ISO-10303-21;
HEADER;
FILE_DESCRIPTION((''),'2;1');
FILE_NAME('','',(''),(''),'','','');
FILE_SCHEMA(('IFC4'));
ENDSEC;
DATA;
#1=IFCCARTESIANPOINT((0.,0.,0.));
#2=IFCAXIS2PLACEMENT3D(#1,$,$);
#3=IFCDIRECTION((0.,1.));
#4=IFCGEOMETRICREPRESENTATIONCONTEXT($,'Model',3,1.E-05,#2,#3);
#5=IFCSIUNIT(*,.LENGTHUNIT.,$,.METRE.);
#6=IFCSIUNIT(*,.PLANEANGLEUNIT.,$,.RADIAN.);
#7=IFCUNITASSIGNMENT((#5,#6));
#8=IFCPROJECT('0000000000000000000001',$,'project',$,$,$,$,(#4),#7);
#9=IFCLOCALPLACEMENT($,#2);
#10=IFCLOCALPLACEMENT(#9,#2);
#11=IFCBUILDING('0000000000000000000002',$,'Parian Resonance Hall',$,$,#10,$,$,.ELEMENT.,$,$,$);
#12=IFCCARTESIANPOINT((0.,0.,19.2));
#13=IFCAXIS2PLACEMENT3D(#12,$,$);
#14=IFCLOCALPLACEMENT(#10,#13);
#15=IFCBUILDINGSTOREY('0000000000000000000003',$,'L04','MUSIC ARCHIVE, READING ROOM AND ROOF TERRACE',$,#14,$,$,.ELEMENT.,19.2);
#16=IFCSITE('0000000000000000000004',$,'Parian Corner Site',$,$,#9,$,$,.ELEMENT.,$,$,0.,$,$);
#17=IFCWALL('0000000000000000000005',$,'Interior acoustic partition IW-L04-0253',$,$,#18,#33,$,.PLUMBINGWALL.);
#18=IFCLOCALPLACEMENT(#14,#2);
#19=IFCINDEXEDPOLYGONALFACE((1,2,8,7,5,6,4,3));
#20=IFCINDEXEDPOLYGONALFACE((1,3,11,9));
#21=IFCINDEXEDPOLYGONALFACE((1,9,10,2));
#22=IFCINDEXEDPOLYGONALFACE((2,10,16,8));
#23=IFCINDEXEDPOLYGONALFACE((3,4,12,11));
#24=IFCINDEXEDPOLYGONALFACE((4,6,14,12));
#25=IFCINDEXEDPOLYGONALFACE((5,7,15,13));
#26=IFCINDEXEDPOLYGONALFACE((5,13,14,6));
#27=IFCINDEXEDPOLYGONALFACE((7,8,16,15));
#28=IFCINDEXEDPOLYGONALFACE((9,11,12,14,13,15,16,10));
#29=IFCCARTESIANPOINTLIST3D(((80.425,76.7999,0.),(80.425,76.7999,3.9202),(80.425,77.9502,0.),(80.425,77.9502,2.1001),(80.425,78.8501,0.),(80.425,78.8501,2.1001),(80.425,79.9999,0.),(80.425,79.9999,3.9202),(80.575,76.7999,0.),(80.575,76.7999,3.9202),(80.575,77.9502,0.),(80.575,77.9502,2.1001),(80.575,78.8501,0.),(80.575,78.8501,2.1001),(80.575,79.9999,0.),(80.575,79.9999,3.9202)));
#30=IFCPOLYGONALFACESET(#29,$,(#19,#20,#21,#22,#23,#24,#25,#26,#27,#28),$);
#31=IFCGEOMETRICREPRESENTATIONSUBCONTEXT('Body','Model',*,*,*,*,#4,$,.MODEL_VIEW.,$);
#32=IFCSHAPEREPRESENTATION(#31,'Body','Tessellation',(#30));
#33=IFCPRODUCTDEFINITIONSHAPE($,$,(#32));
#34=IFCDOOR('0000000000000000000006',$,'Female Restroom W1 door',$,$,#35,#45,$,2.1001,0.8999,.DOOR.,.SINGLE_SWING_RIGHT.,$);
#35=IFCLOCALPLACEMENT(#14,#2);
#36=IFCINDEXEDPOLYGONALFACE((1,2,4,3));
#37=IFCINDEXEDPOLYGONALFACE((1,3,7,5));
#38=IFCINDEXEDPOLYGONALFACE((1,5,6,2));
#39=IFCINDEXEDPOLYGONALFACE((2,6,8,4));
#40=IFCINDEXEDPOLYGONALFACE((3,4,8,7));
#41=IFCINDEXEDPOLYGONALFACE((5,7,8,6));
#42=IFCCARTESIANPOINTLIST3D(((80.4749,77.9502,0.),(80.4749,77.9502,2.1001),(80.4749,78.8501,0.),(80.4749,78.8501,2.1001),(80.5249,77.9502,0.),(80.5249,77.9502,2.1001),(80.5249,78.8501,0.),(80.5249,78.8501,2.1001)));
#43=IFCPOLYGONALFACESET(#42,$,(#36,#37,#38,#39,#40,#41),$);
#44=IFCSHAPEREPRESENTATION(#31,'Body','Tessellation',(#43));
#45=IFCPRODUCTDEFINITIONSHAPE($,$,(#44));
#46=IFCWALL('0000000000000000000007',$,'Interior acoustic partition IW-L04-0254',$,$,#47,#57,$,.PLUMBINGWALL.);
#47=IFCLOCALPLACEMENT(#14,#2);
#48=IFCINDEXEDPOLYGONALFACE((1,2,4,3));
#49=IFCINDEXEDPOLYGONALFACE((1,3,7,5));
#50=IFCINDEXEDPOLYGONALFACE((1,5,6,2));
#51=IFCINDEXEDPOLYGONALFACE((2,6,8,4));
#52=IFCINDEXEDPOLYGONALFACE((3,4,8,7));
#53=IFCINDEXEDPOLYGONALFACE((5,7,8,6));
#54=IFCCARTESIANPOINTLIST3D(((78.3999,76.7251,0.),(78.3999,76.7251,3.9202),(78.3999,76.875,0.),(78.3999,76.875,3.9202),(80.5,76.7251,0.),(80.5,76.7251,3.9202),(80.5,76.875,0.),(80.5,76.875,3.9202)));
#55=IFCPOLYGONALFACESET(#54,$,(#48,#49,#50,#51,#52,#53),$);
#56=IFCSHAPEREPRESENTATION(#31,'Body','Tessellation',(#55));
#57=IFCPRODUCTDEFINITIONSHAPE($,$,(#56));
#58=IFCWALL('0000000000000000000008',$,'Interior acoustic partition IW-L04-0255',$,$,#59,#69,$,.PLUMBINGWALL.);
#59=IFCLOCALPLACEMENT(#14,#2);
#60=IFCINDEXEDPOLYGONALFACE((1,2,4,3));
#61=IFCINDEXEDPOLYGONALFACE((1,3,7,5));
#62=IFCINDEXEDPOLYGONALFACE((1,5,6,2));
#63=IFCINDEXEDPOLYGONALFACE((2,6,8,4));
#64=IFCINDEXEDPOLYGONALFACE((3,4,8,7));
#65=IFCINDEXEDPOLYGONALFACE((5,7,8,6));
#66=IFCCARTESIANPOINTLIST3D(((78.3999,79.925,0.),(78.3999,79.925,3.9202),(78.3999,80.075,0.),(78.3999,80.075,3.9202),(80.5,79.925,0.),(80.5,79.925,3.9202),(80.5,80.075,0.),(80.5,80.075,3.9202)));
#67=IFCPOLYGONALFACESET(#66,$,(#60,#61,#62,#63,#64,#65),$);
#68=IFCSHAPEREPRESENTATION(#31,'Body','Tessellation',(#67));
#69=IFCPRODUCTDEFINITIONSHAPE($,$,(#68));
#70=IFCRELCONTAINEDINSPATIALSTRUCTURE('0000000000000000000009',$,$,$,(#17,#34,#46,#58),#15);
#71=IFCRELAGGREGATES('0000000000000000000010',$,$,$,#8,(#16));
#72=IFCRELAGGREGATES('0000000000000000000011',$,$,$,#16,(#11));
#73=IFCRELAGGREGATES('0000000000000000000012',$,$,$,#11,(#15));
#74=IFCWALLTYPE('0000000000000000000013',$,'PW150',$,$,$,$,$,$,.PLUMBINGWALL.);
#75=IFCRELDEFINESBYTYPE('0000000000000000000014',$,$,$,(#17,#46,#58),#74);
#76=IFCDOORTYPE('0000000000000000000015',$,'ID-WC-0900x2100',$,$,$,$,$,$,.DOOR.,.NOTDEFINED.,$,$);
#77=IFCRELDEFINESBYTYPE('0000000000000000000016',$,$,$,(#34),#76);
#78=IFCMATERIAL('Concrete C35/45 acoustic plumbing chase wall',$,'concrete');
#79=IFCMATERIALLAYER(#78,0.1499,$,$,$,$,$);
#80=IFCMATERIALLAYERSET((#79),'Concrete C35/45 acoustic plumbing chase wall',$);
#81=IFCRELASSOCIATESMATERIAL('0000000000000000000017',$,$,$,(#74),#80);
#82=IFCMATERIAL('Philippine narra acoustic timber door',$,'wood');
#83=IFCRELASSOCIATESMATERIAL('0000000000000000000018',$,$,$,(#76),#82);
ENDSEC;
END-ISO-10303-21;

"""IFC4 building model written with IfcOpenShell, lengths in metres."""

from ifc_helpers import new_model, si_unit, direction, frame, frame_2d, origin, place, context, subcontext, project, spatial, rectangle, extrude, material, layer, layer_set, type_object, element, fill, save


model = new_model("IFC4")

# Units and contexts
model_context = context("Model", 3, precision=1e-05, world=origin(), true_north=direction((0.0, 1.0)))
body_context = subcontext(model_context, "Body", "Model", "MODEL_VIEW")
ifc_project = project(units=[si_unit("LENGTHUNIT", "METRE"), si_unit("PLANEANGLEUNIT", "RADIAN")], contexts=[model_context])

# Site, building, storey
site_placement = place(None, origin())
site = spatial("IfcSite", under=ifc_project, at=site_placement, Name="Parian Corner Site", CompositionType="ELEMENT", RefElevation=0.0)
building_placement = place(site_placement, origin())
building = spatial("IfcBuilding", under=site, at=building_placement, Name="Parian Resonance Hall", CompositionType="ELEMENT")
storey_placement = place(building_placement, frame((0.0, 0.0, 19.2)))
storey = spatial("IfcBuildingStorey", under=building, at=storey_placement, Name="L04", Description="MUSIC ARCHIVE, READING ROOM AND ROOF TERRACE", CompositionType="ELEMENT", Elevation=19.2)

# Shared definitions
ifc_material_1 = material(Name="Concrete C35/45 acoustic plumbing chase wall", Category="concrete")
ifc_layer_1 = layer(ifc_material_1, 0.1499)
ifc_layer_set_1 = layer_set([ifc_layer_1], Name="Concrete C35/45 acoustic plumbing chase wall")
wall_type_1 = type_object("IfcWallType", Name="PW150", PredefinedType="PLUMBINGWALL", material=ifc_layer_set_1)

# Wall, opening, door
wall_1_placement = place(storey_placement, frame((80.5, 80.0, 0.0), z_axis=(0.0, 0.0, 1.0), x_axis=(0.0, -1.0, 0.0)))
wall_1 = element("IfcWall", 1, at=wall_1_placement, inside=storey, type_object=wall_type_1, Name="Interior acoustic partition IW-L04-0253", PredefinedType="PLUMBINGWALL", context=body_context, shape_type="SweptSolid", body=[
    extrude(rectangle(XDim=3.2, YDim=0.1499, at=frame_2d((1.6001, 0.0))), origin(), (0.0, 0.0, 1.0), 3.9202),
])
opening_1_placement = place(wall_1_placement, frame((1.1499, 0.0, 0.0)))
opening_1 = element("IfcOpeningElement", 2, at=opening_1_placement, cuts=wall_1, PredefinedType="OPENING", context=body_context, shape_type="SweptSolid", body=[
    extrude(rectangle(XDim=0.8999, YDim=2.1001, at=frame_2d((0.45, 1.05))), frame((0.0, 0.085, 0.0), z_axis=(0.0, -1.0, 0.0), x_axis=(1.0, 0.0, 0.0)), (0.0, 0.0, 1.0), 0.1699),
])
ifc_material_2 = material(Name="Philippine narra acoustic timber door", Category="wood")
door_type_1 = type_object("IfcDoorType", Name="ID-WC-0900x2100", OperationType="NOTDEFINED", PredefinedType="DOOR", material=ifc_material_2)
door_1_placement = place(opening_1_placement, origin())
door_1 = element("IfcDoor", 3, at=door_1_placement, inside=storey, type_object=door_type_1, Name="Female Restroom W1 door", OperationType="SINGLE_SWING_RIGHT", OverallHeight=2.1001, OverallWidth=0.8999, PredefinedType="DOOR", context=body_context, shape_type="SweptSolid", body=[
    extrude(rectangle(XDim=0.8999, YDim=2.1001, at=frame_2d((0.45, 1.05))), frame((0.0, 0.0249, 0.0), z_axis=(0.0, -1.0, 0.0), x_axis=(1.0, 0.0, 0.0)), (0.0, 0.0, 1.0), 0.05),
])
fill(opening_1, door_1)

# Walls
for number, where, z_axis, x_axis, name in (
    (4, (80.5, 76.8, 0.0), (0.0, 0.0, 1.0), (-1.0, 0.0, 0.0), "Interior acoustic partition IW-L04-0254"),
    (5, (78.3999, 80.0, 0.0), (0.0, 0.0, 1.0), (1.0, 0.0, 0.0), "Interior acoustic partition IW-L04-0255"),
):
    element("IfcWall", number, at=place(storey_placement, frame(where, z_axis=z_axis, x_axis=x_axis)), inside=storey, type_object=wall_type_1, Name=name, PredefinedType="PLUMBINGWALL", context=body_context, shape_type="SweptSolid", body=[
        extrude(rectangle(XDim=2.1001, YDim=0.1499, at=frame_2d((1.05, 0.0))), origin(), (0.0, 0.0, 1.0), 3.9202),
    ])

save(model, "model.ifc")
